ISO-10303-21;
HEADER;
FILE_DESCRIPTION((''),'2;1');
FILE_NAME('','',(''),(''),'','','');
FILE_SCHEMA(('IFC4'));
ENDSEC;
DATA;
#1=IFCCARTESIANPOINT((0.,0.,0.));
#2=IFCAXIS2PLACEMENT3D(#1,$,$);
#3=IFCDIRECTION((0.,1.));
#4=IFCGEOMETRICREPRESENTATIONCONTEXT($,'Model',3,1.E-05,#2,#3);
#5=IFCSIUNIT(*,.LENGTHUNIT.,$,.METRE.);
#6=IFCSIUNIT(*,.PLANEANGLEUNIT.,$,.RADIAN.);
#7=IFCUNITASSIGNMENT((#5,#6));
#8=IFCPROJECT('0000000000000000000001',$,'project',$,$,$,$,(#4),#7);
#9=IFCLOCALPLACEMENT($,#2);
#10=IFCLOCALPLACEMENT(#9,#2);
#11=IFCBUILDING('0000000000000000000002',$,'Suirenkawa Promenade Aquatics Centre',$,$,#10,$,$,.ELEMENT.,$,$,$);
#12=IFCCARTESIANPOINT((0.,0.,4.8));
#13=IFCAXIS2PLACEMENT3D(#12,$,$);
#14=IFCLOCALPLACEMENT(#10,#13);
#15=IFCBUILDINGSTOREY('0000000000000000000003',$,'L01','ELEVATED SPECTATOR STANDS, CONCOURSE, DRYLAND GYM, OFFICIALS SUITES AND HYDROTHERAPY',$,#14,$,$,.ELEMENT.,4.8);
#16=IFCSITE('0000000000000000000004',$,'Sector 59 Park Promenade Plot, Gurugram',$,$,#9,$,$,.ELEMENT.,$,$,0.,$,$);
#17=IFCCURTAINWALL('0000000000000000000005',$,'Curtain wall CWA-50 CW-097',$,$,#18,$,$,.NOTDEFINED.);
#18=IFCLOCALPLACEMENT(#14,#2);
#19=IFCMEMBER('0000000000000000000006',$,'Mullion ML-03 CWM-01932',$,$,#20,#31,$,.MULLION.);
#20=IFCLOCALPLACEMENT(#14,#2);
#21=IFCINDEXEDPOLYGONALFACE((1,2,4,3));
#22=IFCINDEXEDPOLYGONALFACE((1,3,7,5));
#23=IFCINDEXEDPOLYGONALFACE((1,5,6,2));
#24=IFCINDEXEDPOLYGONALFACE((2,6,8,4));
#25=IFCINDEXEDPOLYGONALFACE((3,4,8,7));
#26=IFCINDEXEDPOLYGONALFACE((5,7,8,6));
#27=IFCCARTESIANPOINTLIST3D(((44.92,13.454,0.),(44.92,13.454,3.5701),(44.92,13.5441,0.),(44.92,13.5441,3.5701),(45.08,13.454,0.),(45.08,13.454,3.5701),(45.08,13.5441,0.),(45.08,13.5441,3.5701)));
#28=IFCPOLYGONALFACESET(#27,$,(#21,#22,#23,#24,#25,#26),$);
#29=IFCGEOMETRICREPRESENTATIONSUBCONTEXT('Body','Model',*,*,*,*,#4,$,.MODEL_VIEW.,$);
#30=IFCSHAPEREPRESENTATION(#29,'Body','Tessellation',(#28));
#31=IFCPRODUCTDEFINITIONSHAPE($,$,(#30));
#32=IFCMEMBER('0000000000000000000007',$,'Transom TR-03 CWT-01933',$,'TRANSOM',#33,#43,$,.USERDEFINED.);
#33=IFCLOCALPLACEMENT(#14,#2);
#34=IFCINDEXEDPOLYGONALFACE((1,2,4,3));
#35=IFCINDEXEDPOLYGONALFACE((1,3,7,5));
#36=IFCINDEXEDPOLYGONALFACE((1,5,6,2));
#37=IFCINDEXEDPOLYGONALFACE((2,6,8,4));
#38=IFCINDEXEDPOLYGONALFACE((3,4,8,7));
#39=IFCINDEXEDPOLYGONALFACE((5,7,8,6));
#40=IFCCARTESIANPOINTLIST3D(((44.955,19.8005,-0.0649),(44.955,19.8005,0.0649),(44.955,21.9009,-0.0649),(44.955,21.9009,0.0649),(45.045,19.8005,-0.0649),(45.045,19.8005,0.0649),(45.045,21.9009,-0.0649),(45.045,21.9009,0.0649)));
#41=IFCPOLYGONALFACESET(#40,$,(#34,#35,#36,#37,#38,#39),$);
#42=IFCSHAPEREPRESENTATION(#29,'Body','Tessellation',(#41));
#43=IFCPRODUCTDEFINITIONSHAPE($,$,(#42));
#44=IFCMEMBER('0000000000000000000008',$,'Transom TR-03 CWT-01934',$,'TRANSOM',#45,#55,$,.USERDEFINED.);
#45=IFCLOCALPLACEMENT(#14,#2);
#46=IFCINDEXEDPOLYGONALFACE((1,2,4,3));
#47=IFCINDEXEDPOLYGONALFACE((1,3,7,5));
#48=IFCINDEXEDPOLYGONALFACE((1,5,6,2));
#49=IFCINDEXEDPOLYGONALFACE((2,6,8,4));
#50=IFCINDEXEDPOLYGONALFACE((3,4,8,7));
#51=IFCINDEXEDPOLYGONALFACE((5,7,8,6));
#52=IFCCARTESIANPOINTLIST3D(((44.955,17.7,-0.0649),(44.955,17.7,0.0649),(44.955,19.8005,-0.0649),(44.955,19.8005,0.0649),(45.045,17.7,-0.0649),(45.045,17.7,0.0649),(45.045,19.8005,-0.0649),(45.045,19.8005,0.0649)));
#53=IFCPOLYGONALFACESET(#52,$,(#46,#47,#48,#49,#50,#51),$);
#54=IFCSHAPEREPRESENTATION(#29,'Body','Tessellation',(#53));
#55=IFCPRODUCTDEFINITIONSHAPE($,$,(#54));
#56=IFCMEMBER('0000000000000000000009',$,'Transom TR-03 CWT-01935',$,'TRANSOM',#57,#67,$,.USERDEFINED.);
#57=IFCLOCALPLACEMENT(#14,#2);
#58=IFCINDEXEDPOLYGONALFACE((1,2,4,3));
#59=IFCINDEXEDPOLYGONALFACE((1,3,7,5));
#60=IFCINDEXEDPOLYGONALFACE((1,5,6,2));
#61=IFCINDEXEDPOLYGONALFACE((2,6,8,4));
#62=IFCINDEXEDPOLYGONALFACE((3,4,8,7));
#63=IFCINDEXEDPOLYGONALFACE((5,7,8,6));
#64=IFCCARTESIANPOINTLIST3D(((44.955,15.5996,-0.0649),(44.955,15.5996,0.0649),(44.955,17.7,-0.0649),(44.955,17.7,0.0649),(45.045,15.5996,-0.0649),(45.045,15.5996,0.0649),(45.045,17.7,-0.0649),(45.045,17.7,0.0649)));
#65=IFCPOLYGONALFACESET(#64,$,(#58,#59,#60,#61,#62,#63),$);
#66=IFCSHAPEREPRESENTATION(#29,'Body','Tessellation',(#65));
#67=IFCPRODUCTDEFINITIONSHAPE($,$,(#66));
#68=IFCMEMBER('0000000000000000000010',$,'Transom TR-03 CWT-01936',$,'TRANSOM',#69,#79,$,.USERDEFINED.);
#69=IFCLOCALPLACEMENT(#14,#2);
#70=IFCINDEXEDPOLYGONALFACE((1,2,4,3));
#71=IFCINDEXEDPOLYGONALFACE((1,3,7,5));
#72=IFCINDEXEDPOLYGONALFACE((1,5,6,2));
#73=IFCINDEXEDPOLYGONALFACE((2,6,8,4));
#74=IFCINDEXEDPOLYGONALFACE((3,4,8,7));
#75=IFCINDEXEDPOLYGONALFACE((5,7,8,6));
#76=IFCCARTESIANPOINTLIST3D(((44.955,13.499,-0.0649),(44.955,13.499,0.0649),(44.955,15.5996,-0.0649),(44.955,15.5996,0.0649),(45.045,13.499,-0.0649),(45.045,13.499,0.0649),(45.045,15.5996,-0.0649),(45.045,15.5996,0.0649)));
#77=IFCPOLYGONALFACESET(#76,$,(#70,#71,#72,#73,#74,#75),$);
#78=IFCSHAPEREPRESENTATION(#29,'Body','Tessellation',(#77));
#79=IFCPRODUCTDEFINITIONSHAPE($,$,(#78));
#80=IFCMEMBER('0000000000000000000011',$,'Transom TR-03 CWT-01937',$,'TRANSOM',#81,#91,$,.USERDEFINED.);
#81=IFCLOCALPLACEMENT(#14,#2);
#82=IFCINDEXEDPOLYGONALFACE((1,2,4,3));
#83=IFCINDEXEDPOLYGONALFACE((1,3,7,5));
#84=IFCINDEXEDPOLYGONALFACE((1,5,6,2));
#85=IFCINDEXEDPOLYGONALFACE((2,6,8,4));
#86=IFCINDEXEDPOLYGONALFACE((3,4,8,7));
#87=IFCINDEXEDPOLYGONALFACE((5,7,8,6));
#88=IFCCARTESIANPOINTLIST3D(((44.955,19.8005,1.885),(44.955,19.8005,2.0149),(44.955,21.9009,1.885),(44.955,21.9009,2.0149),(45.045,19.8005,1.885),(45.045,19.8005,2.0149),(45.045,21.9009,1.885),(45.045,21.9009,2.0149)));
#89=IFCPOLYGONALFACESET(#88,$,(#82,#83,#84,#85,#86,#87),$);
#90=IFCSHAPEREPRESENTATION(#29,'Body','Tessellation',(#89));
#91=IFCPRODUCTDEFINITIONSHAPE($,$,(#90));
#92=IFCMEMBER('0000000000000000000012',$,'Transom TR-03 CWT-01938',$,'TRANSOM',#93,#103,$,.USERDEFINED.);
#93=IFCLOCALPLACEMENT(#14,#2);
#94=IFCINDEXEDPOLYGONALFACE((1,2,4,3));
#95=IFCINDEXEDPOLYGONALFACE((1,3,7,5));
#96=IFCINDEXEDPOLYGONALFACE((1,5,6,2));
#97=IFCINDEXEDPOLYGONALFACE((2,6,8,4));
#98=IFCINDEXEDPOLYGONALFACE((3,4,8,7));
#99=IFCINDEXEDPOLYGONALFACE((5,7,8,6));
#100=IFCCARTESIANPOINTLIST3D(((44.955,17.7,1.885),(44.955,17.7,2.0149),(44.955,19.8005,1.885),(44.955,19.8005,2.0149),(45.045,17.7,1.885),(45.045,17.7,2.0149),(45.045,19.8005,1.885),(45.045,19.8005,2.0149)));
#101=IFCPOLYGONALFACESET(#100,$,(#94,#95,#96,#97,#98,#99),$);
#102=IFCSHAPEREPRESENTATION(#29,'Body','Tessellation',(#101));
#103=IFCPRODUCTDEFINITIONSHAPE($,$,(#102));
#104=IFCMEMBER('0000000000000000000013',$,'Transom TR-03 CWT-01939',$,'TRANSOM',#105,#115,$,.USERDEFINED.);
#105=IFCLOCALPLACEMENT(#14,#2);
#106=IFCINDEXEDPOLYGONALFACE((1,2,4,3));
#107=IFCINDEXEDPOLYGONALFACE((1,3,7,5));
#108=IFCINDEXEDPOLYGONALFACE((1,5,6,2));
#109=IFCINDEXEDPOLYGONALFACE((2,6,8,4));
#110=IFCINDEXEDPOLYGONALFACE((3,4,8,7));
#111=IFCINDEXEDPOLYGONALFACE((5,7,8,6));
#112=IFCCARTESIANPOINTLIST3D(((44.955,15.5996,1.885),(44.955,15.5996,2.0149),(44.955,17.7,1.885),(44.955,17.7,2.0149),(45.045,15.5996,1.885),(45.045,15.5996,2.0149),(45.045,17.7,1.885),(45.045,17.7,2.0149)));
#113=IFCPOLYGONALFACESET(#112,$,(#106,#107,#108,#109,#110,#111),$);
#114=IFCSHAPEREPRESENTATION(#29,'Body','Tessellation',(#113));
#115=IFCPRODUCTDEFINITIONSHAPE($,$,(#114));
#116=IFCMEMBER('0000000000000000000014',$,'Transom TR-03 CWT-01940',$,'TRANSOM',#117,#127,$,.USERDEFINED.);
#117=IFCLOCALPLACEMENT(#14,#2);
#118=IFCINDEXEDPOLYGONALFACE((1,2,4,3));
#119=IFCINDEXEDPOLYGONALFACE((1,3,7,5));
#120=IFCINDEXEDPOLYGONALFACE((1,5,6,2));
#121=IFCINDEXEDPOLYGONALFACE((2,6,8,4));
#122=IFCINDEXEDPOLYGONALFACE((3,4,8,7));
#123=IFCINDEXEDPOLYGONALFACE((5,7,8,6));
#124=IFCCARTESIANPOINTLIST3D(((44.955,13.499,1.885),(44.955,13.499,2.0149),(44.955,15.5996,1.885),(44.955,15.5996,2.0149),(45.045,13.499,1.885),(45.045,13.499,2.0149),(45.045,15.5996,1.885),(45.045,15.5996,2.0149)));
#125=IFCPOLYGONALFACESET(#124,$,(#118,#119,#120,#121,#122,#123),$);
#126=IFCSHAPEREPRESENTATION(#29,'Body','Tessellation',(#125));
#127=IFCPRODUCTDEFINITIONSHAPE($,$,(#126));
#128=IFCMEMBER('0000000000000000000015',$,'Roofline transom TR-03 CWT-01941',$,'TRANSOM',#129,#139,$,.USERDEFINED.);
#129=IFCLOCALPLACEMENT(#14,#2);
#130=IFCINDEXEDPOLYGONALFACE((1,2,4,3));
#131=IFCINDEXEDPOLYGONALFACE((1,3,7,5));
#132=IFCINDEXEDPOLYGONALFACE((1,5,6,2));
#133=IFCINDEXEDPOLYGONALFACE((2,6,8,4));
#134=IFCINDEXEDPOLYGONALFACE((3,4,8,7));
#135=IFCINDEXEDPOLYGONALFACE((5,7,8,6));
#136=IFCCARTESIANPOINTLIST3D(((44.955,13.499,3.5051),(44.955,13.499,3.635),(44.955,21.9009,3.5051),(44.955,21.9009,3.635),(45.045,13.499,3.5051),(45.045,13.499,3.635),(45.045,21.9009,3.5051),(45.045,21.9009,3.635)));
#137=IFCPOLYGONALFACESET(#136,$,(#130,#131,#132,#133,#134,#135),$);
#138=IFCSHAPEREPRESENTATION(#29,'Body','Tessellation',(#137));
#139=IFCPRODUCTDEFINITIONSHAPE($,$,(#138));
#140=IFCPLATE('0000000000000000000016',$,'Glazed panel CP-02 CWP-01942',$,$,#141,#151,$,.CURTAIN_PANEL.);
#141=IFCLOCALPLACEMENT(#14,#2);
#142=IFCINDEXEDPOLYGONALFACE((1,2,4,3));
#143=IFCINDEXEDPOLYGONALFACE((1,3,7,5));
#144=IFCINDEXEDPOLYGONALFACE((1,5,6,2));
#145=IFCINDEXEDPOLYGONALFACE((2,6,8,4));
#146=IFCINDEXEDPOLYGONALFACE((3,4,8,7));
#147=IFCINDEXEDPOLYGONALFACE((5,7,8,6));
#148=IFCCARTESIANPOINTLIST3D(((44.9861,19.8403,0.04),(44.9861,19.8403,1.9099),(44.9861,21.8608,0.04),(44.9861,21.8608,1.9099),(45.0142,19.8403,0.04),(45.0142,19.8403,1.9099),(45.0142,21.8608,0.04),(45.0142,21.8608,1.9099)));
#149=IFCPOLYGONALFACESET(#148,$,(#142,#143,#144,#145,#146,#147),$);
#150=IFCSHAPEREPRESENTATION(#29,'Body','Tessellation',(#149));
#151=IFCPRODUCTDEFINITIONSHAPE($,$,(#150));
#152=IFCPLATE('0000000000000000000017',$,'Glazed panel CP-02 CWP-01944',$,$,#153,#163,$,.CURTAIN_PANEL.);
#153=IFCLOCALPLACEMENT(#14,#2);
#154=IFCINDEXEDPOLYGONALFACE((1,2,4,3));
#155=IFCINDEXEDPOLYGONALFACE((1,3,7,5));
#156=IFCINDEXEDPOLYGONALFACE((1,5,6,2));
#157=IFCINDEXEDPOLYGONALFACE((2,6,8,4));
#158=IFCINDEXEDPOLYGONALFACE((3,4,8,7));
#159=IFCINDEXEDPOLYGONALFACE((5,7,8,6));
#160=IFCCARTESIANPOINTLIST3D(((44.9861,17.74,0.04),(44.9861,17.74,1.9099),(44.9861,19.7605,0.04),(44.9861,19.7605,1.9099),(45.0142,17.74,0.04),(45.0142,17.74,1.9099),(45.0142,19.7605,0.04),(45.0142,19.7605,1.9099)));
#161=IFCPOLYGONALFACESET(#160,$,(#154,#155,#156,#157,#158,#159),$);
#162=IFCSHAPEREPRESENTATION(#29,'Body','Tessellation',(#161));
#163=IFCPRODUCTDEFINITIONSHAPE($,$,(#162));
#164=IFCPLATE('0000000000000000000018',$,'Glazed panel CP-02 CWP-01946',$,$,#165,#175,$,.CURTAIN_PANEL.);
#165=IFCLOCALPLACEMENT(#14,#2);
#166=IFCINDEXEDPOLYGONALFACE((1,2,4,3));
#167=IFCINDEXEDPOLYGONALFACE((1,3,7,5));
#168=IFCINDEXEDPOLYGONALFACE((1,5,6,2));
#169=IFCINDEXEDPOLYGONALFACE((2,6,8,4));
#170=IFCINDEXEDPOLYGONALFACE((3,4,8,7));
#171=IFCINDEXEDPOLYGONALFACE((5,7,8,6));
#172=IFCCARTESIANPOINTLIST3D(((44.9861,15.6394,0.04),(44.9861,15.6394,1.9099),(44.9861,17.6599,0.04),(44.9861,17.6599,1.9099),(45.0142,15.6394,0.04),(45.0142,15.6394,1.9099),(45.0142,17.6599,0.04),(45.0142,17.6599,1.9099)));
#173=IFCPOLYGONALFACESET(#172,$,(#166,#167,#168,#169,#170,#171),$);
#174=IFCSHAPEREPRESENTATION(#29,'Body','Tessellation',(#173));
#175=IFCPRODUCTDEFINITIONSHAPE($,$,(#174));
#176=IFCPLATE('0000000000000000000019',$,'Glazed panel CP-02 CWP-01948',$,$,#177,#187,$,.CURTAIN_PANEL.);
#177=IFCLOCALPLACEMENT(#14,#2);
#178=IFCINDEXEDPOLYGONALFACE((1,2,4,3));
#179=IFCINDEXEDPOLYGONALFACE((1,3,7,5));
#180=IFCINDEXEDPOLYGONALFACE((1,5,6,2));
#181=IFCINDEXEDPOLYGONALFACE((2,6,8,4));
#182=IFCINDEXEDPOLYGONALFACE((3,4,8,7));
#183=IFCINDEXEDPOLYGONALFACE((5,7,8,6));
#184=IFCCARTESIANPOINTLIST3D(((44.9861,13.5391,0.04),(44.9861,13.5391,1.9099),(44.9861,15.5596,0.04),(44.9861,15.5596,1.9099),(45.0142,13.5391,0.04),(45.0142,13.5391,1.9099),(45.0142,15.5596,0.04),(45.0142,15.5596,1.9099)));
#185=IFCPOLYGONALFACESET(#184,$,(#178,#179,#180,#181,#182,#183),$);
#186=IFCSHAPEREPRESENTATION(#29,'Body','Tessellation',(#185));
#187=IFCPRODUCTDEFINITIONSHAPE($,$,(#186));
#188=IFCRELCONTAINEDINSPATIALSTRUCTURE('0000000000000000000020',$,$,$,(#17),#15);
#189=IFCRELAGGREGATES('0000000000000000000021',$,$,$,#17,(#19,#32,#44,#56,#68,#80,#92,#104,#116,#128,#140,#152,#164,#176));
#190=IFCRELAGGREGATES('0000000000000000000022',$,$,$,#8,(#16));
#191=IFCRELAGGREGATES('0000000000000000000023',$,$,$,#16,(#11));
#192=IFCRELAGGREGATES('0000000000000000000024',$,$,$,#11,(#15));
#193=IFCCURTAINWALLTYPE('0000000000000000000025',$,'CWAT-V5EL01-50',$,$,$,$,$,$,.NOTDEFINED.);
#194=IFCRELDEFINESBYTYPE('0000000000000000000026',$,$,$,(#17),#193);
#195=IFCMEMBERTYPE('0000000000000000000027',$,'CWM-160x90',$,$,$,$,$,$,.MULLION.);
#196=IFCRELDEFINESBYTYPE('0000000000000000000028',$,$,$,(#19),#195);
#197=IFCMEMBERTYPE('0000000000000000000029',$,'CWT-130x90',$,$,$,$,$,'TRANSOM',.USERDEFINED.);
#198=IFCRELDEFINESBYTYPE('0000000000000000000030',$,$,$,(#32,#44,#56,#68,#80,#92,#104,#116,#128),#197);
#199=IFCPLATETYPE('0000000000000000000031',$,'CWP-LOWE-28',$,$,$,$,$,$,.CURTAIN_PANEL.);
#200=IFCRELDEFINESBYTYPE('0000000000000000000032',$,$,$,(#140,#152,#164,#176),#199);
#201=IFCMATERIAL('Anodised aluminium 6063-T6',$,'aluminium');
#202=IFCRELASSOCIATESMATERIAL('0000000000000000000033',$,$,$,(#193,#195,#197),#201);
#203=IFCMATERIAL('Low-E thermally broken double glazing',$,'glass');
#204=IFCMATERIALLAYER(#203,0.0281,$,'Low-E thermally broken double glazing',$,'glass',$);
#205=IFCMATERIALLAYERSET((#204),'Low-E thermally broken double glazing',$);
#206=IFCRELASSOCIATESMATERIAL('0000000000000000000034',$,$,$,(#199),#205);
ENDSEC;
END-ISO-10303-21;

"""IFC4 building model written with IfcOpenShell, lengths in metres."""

from ifc_helpers import new_model, si_unit, direction, frame, origin, origin_2d, place, context, subcontext, project, spatial, polyline, rectangle, outline, extrude, material, layer, layer_set, material_profile, profile_set, type_object, element, aggregate, save


model = new_model("IFC4")

# Units and contexts
model_context = context("Model", 3, precision=1e-05, world=origin(), true_north=direction((0.0, 1.0)))
body_context = subcontext(model_context, "Body", "Model", "MODEL_VIEW")
ifc_project = project(units=[si_unit("LENGTHUNIT", "METRE"), si_unit("PLANEANGLEUNIT", "RADIAN")], contexts=[model_context])

# Site, building, storey
site_placement = place(None, origin())
site = spatial("IfcSite", under=ifc_project, at=site_placement, Name="Sector 59 Park Promenade Plot, Gurugram", CompositionType="ELEMENT", RefElevation=0.0)
building_placement = place(site_placement, origin())
building = spatial("IfcBuilding", under=site, at=building_placement, Name="Suirenkawa Promenade Aquatics Centre", CompositionType="ELEMENT")
storey_placement = place(building_placement, frame((0.0, 0.0, 4.8)))
storey = spatial("IfcBuildingStorey", under=building, at=storey_placement, Name="L01", Description="ELEVATED SPECTATOR STANDS, CONCOURSE, DRYLAND GYM, OFFICIALS SUITES AND HYDROTHERAPY", CompositionType="ELEMENT", Elevation=4.8)

# Curtain wall, members, plates
ifc_material_1 = material(Name="Anodised aluminium 6063-T6", Category="aluminium")
curtain_wall_type = type_object("IfcCurtainWallType", Name="CWAT-V5EL01-50", PredefinedType="NOTDEFINED", material=ifc_material_1)
curtain_wall_placement = place(storey_placement, origin())
curtain_wall = element("IfcCurtainWall", 1, at=curtain_wall_placement, inside=storey, type_object=curtain_wall_type, Name="Curtain wall CWA-50 CW-097", PredefinedType="NOTDEFINED")
ifc_material_profile_1 = material_profile(ifc_material_1, rectangle(XDim=0.0901, YDim=0.1599, at=origin_2d()), Name="ALU MULL 90x160", Category="aluminium")
ifc_profile_set_1 = profile_set([ifc_material_profile_1], Name="Anodised aluminium 6063-T6")
member_type_1 = type_object("IfcMemberType", Name="CWM-160x90", PredefinedType="MULLION", material=ifc_profile_set_1)
member_1_placement = place(storey_placement, frame((45.0, 13.499, 0.0), z_axis=(0.0, 0.0, 1.0), x_axis=(0.0, -1.0, 0.0)))
member_1 = element("IfcMember", 2, at=member_1_placement, type_object=member_type_1, Name="Mullion ML-03 CWM-01932", PredefinedType="MULLION", context=body_context, shape_type="SweptSolid", body=[
    extrude(rectangle(XDim=0.0901, YDim=0.1599, at=origin_2d()), origin(), (0.0, 0.0, 1.0), 3.5701),
])
ifc_material_profile_2 = material_profile(ifc_material_1, rectangle(XDim=0.0901, YDim=0.1299, at=origin_2d()), Name="ALU TRAN 90x130", Category="aluminium")
ifc_profile_set_2 = profile_set([ifc_material_profile_2], Name="Anodised aluminium 6063-T6")
member_type_2 = type_object("IfcMemberType", Name="CWT-130x90", ElementType="TRANSOM", PredefinedType="USERDEFINED", material=ifc_profile_set_2)
member_2_placement = place(storey_placement, frame((45.0, 21.9009, 0.0), z_axis=(0.0, -1.0, 0.0), x_axis=(1.0, 0.0, 0.0)))
member_2 = element("IfcMember", 3, at=member_2_placement, type_object=member_type_2, Name="Transom TR-03 CWT-01933", ObjectType="TRANSOM", PredefinedType="USERDEFINED", context=body_context, shape_type="SweptSolid", body=[
    extrude(rectangle(XDim=0.0901, YDim=0.1299, at=origin_2d()), origin(), (0.0, 0.0, 1.0), 2.1003),
])
member_3_placement = place(storey_placement, frame((45.0, 19.8005, 0.0), z_axis=(0.0, -1.0, 0.0), x_axis=(1.0, 0.0, 0.0)))
member_3 = element("IfcMember", 4, at=member_3_placement, type_object=member_type_2, Name="Transom TR-03 CWT-01934", ObjectType="TRANSOM", PredefinedType="USERDEFINED", context=body_context, shape_type="SweptSolid", body=[
    extrude(rectangle(XDim=0.0901, YDim=0.1299, at=origin_2d()), origin(), (0.0, 0.0, 1.0), 2.1006),
])
member_4_placement = place(storey_placement, frame((45.0, 17.7, 0.0), z_axis=(0.0, -1.0, 0.0), x_axis=(1.0, 0.0, 0.0)))
member_4 = element("IfcMember", 5, at=member_4_placement, type_object=member_type_2, Name="Transom TR-03 CWT-01935", ObjectType="TRANSOM", PredefinedType="USERDEFINED", context=body_context, shape_type="SweptSolid", body=[
    extrude(rectangle(XDim=0.0901, YDim=0.1299, at=origin_2d()), origin(), (0.0, 0.0, 1.0), 2.1003),
])
member_5_placement = place(storey_placement, frame((45.0, 15.5996, 0.0), z_axis=(0.0, -1.0, 0.0), x_axis=(1.0, 0.0, 0.0)))
member_5 = element("IfcMember", 6, at=member_5_placement, type_object=member_type_2, Name="Transom TR-03 CWT-01936", ObjectType="TRANSOM", PredefinedType="USERDEFINED", context=body_context, shape_type="SweptSolid", body=[
    extrude(rectangle(XDim=0.0901, YDim=0.1299, at=origin_2d()), origin(), (0.0, 0.0, 1.0), 2.1006),
])
member_6_placement = place(storey_placement, frame((45.0, 21.9009, 1.95), z_axis=(0.0, -1.0, 0.0), x_axis=(1.0, 0.0, 0.0)))
member_6 = element("IfcMember", 7, at=member_6_placement, type_object=member_type_2, Name="Transom TR-03 CWT-01937", ObjectType="TRANSOM", PredefinedType="USERDEFINED", context=body_context, shape_type="SweptSolid", body=[
    extrude(rectangle(XDim=0.0901, YDim=0.1299, at=origin_2d()), origin(), (0.0, 0.0, 1.0), 2.1003),
])
member_7_placement = place(storey_placement, frame((45.0, 19.8005, 1.95), z_axis=(0.0, -1.0, 0.0), x_axis=(1.0, 0.0, 0.0)))
member_7 = element("IfcMember", 8, at=member_7_placement, type_object=member_type_2, Name="Transom TR-03 CWT-01938", ObjectType="TRANSOM", PredefinedType="USERDEFINED", context=body_context, shape_type="SweptSolid", body=[
    extrude(rectangle(XDim=0.0901, YDim=0.1299, at=origin_2d()), origin(), (0.0, 0.0, 1.0), 2.1006),
])
member_8_placement = place(storey_placement, frame((45.0, 17.7, 1.95), z_axis=(0.0, -1.0, 0.0), x_axis=(1.0, 0.0, 0.0)))
member_8 = element("IfcMember", 9, at=member_8_placement, type_object=member_type_2, Name="Transom TR-03 CWT-01939", ObjectType="TRANSOM", PredefinedType="USERDEFINED", context=body_context, shape_type="SweptSolid", body=[
    extrude(rectangle(XDim=0.0901, YDim=0.1299, at=origin_2d()), origin(), (0.0, 0.0, 1.0), 2.1003),
])
member_9_placement = place(storey_placement, frame((45.0, 15.5996, 1.95), z_axis=(0.0, -1.0, 0.0), x_axis=(1.0, 0.0, 0.0)))
member_9 = element("IfcMember", 10, at=member_9_placement, type_object=member_type_2, Name="Transom TR-03 CWT-01940", ObjectType="TRANSOM", PredefinedType="USERDEFINED", context=body_context, shape_type="SweptSolid", body=[
    extrude(rectangle(XDim=0.0901, YDim=0.1299, at=origin_2d()), origin(), (0.0, 0.0, 1.0), 2.1006),
])
member_10_placement = place(storey_placement, frame((45.0, 21.9009, 3.5701), z_axis=(0.0, -1.0, 0.0), x_axis=(1.0, 0.0, 0.0)))
member_10 = element("IfcMember", 11, at=member_10_placement, type_object=member_type_2, Name="Roofline transom TR-03 CWT-01941", ObjectType="TRANSOM", PredefinedType="USERDEFINED", context=body_context, shape_type="SweptSolid", body=[
    extrude(rectangle(XDim=0.0901, YDim=0.1299, at=origin_2d()), origin(), (0.0, 0.0, 1.0), 8.4019),
])
ifc_material_2 = material(Name="Low-E thermally broken double glazing", Category="glass")
ifc_layer_1 = layer(ifc_material_2, 0.0281, Name="Low-E thermally broken double glazing", Category="glass")
ifc_layer_set_1 = layer_set([ifc_layer_1], Name="Low-E thermally broken double glazing")
plate_type = type_object("IfcPlateType", Name="CWP-LOWE-28", PredefinedType="CURTAIN_PANEL", material=ifc_layer_set_1)
plate_1_placement = place(storey_placement, frame((45.0, 21.9009, 0.04), z_axis=(0.0, 0.0, 1.0), x_axis=(0.0, -1.0, 0.0)))
plate_1 = element("IfcPlate", 12, at=plate_1_placement, type_object=plate_type, Name="Glazed panel CP-02 CWP-01942", PredefinedType="CURTAIN_PANEL", context=body_context, shape_type="SweptSolid", body=[
    extrude(outline(polyline([(0.04, 0.0), (2.0605, 0.0), (2.0605, 1.8699), (0.04, 1.8699), (0.04, 0.0)])), frame((0.0, 0.0142, 0.0), z_axis=(0.0, -1.0, 0.0), x_axis=(1.0, 0.0, 0.0)), (0.0, 0.0, 1.0), 0.0281),
])
plate_2_placement = place(storey_placement, frame((45.0, 19.8005, 0.04), z_axis=(0.0, 0.0, 1.0), x_axis=(0.0, -1.0, 0.0)))
plate_2 = element("IfcPlate", 13, at=plate_2_placement, type_object=plate_type, Name="Glazed panel CP-02 CWP-01944", PredefinedType="CURTAIN_PANEL", context=body_context, shape_type="SweptSolid", body=[
    extrude(outline(polyline([(0.04, 0.0), (2.0605, 0.0), (2.0605, 1.8699), (0.04, 1.8699), (0.04, 0.0)])), frame((0.0, 0.0142, 0.0), z_axis=(0.0, -1.0, 0.0), x_axis=(1.0, 0.0, 0.0)), (0.0, 0.0, 1.0), 0.0281),
])
plate_3_placement = place(storey_placement, frame((45.0, 17.7, 0.04), z_axis=(0.0, 0.0, 1.0), x_axis=(0.0, -1.0, 0.0)))
plate_3 = element("IfcPlate", 14, at=plate_3_placement, type_object=plate_type, Name="Glazed panel CP-02 CWP-01946", PredefinedType="CURTAIN_PANEL", context=body_context, shape_type="SweptSolid", body=[
    extrude(outline(polyline([(0.04, 0.0), (2.0605, 0.0), (2.0605, 1.8699), (0.04, 1.8699), (0.04, 0.0)])), frame((0.0, 0.0142, 0.0), z_axis=(0.0, -1.0, 0.0), x_axis=(1.0, 0.0, 0.0)), (0.0, 0.0, 1.0), 0.0281),
])
plate_4_placement = place(storey_placement, frame((45.0, 15.5996, 0.04), z_axis=(0.0, 0.0, 1.0), x_axis=(0.0, -1.0, 0.0)))
plate_4 = element("IfcPlate", 15, at=plate_4_placement, type_object=plate_type, Name="Glazed panel CP-02 CWP-01948", PredefinedType="CURTAIN_PANEL", context=body_context, shape_type="SweptSolid", body=[
    extrude(outline(polyline([(0.04, 0.0), (2.0605, 0.0), (2.0605, 1.8699), (0.04, 1.8699), (0.04, 0.0)])), frame((0.0, 0.0142, 0.0), z_axis=(0.0, -1.0, 0.0), x_axis=(1.0, 0.0, 0.0)), (0.0, 0.0, 1.0), 0.0281),
])
aggregate(curtain_wall, [member_1, member_2, member_3, member_4, member_5, member_6, member_7, member_8, member_9, member_10, plate_1, plate_2, plate_3, plate_4])

save(model, "model.ifc")
